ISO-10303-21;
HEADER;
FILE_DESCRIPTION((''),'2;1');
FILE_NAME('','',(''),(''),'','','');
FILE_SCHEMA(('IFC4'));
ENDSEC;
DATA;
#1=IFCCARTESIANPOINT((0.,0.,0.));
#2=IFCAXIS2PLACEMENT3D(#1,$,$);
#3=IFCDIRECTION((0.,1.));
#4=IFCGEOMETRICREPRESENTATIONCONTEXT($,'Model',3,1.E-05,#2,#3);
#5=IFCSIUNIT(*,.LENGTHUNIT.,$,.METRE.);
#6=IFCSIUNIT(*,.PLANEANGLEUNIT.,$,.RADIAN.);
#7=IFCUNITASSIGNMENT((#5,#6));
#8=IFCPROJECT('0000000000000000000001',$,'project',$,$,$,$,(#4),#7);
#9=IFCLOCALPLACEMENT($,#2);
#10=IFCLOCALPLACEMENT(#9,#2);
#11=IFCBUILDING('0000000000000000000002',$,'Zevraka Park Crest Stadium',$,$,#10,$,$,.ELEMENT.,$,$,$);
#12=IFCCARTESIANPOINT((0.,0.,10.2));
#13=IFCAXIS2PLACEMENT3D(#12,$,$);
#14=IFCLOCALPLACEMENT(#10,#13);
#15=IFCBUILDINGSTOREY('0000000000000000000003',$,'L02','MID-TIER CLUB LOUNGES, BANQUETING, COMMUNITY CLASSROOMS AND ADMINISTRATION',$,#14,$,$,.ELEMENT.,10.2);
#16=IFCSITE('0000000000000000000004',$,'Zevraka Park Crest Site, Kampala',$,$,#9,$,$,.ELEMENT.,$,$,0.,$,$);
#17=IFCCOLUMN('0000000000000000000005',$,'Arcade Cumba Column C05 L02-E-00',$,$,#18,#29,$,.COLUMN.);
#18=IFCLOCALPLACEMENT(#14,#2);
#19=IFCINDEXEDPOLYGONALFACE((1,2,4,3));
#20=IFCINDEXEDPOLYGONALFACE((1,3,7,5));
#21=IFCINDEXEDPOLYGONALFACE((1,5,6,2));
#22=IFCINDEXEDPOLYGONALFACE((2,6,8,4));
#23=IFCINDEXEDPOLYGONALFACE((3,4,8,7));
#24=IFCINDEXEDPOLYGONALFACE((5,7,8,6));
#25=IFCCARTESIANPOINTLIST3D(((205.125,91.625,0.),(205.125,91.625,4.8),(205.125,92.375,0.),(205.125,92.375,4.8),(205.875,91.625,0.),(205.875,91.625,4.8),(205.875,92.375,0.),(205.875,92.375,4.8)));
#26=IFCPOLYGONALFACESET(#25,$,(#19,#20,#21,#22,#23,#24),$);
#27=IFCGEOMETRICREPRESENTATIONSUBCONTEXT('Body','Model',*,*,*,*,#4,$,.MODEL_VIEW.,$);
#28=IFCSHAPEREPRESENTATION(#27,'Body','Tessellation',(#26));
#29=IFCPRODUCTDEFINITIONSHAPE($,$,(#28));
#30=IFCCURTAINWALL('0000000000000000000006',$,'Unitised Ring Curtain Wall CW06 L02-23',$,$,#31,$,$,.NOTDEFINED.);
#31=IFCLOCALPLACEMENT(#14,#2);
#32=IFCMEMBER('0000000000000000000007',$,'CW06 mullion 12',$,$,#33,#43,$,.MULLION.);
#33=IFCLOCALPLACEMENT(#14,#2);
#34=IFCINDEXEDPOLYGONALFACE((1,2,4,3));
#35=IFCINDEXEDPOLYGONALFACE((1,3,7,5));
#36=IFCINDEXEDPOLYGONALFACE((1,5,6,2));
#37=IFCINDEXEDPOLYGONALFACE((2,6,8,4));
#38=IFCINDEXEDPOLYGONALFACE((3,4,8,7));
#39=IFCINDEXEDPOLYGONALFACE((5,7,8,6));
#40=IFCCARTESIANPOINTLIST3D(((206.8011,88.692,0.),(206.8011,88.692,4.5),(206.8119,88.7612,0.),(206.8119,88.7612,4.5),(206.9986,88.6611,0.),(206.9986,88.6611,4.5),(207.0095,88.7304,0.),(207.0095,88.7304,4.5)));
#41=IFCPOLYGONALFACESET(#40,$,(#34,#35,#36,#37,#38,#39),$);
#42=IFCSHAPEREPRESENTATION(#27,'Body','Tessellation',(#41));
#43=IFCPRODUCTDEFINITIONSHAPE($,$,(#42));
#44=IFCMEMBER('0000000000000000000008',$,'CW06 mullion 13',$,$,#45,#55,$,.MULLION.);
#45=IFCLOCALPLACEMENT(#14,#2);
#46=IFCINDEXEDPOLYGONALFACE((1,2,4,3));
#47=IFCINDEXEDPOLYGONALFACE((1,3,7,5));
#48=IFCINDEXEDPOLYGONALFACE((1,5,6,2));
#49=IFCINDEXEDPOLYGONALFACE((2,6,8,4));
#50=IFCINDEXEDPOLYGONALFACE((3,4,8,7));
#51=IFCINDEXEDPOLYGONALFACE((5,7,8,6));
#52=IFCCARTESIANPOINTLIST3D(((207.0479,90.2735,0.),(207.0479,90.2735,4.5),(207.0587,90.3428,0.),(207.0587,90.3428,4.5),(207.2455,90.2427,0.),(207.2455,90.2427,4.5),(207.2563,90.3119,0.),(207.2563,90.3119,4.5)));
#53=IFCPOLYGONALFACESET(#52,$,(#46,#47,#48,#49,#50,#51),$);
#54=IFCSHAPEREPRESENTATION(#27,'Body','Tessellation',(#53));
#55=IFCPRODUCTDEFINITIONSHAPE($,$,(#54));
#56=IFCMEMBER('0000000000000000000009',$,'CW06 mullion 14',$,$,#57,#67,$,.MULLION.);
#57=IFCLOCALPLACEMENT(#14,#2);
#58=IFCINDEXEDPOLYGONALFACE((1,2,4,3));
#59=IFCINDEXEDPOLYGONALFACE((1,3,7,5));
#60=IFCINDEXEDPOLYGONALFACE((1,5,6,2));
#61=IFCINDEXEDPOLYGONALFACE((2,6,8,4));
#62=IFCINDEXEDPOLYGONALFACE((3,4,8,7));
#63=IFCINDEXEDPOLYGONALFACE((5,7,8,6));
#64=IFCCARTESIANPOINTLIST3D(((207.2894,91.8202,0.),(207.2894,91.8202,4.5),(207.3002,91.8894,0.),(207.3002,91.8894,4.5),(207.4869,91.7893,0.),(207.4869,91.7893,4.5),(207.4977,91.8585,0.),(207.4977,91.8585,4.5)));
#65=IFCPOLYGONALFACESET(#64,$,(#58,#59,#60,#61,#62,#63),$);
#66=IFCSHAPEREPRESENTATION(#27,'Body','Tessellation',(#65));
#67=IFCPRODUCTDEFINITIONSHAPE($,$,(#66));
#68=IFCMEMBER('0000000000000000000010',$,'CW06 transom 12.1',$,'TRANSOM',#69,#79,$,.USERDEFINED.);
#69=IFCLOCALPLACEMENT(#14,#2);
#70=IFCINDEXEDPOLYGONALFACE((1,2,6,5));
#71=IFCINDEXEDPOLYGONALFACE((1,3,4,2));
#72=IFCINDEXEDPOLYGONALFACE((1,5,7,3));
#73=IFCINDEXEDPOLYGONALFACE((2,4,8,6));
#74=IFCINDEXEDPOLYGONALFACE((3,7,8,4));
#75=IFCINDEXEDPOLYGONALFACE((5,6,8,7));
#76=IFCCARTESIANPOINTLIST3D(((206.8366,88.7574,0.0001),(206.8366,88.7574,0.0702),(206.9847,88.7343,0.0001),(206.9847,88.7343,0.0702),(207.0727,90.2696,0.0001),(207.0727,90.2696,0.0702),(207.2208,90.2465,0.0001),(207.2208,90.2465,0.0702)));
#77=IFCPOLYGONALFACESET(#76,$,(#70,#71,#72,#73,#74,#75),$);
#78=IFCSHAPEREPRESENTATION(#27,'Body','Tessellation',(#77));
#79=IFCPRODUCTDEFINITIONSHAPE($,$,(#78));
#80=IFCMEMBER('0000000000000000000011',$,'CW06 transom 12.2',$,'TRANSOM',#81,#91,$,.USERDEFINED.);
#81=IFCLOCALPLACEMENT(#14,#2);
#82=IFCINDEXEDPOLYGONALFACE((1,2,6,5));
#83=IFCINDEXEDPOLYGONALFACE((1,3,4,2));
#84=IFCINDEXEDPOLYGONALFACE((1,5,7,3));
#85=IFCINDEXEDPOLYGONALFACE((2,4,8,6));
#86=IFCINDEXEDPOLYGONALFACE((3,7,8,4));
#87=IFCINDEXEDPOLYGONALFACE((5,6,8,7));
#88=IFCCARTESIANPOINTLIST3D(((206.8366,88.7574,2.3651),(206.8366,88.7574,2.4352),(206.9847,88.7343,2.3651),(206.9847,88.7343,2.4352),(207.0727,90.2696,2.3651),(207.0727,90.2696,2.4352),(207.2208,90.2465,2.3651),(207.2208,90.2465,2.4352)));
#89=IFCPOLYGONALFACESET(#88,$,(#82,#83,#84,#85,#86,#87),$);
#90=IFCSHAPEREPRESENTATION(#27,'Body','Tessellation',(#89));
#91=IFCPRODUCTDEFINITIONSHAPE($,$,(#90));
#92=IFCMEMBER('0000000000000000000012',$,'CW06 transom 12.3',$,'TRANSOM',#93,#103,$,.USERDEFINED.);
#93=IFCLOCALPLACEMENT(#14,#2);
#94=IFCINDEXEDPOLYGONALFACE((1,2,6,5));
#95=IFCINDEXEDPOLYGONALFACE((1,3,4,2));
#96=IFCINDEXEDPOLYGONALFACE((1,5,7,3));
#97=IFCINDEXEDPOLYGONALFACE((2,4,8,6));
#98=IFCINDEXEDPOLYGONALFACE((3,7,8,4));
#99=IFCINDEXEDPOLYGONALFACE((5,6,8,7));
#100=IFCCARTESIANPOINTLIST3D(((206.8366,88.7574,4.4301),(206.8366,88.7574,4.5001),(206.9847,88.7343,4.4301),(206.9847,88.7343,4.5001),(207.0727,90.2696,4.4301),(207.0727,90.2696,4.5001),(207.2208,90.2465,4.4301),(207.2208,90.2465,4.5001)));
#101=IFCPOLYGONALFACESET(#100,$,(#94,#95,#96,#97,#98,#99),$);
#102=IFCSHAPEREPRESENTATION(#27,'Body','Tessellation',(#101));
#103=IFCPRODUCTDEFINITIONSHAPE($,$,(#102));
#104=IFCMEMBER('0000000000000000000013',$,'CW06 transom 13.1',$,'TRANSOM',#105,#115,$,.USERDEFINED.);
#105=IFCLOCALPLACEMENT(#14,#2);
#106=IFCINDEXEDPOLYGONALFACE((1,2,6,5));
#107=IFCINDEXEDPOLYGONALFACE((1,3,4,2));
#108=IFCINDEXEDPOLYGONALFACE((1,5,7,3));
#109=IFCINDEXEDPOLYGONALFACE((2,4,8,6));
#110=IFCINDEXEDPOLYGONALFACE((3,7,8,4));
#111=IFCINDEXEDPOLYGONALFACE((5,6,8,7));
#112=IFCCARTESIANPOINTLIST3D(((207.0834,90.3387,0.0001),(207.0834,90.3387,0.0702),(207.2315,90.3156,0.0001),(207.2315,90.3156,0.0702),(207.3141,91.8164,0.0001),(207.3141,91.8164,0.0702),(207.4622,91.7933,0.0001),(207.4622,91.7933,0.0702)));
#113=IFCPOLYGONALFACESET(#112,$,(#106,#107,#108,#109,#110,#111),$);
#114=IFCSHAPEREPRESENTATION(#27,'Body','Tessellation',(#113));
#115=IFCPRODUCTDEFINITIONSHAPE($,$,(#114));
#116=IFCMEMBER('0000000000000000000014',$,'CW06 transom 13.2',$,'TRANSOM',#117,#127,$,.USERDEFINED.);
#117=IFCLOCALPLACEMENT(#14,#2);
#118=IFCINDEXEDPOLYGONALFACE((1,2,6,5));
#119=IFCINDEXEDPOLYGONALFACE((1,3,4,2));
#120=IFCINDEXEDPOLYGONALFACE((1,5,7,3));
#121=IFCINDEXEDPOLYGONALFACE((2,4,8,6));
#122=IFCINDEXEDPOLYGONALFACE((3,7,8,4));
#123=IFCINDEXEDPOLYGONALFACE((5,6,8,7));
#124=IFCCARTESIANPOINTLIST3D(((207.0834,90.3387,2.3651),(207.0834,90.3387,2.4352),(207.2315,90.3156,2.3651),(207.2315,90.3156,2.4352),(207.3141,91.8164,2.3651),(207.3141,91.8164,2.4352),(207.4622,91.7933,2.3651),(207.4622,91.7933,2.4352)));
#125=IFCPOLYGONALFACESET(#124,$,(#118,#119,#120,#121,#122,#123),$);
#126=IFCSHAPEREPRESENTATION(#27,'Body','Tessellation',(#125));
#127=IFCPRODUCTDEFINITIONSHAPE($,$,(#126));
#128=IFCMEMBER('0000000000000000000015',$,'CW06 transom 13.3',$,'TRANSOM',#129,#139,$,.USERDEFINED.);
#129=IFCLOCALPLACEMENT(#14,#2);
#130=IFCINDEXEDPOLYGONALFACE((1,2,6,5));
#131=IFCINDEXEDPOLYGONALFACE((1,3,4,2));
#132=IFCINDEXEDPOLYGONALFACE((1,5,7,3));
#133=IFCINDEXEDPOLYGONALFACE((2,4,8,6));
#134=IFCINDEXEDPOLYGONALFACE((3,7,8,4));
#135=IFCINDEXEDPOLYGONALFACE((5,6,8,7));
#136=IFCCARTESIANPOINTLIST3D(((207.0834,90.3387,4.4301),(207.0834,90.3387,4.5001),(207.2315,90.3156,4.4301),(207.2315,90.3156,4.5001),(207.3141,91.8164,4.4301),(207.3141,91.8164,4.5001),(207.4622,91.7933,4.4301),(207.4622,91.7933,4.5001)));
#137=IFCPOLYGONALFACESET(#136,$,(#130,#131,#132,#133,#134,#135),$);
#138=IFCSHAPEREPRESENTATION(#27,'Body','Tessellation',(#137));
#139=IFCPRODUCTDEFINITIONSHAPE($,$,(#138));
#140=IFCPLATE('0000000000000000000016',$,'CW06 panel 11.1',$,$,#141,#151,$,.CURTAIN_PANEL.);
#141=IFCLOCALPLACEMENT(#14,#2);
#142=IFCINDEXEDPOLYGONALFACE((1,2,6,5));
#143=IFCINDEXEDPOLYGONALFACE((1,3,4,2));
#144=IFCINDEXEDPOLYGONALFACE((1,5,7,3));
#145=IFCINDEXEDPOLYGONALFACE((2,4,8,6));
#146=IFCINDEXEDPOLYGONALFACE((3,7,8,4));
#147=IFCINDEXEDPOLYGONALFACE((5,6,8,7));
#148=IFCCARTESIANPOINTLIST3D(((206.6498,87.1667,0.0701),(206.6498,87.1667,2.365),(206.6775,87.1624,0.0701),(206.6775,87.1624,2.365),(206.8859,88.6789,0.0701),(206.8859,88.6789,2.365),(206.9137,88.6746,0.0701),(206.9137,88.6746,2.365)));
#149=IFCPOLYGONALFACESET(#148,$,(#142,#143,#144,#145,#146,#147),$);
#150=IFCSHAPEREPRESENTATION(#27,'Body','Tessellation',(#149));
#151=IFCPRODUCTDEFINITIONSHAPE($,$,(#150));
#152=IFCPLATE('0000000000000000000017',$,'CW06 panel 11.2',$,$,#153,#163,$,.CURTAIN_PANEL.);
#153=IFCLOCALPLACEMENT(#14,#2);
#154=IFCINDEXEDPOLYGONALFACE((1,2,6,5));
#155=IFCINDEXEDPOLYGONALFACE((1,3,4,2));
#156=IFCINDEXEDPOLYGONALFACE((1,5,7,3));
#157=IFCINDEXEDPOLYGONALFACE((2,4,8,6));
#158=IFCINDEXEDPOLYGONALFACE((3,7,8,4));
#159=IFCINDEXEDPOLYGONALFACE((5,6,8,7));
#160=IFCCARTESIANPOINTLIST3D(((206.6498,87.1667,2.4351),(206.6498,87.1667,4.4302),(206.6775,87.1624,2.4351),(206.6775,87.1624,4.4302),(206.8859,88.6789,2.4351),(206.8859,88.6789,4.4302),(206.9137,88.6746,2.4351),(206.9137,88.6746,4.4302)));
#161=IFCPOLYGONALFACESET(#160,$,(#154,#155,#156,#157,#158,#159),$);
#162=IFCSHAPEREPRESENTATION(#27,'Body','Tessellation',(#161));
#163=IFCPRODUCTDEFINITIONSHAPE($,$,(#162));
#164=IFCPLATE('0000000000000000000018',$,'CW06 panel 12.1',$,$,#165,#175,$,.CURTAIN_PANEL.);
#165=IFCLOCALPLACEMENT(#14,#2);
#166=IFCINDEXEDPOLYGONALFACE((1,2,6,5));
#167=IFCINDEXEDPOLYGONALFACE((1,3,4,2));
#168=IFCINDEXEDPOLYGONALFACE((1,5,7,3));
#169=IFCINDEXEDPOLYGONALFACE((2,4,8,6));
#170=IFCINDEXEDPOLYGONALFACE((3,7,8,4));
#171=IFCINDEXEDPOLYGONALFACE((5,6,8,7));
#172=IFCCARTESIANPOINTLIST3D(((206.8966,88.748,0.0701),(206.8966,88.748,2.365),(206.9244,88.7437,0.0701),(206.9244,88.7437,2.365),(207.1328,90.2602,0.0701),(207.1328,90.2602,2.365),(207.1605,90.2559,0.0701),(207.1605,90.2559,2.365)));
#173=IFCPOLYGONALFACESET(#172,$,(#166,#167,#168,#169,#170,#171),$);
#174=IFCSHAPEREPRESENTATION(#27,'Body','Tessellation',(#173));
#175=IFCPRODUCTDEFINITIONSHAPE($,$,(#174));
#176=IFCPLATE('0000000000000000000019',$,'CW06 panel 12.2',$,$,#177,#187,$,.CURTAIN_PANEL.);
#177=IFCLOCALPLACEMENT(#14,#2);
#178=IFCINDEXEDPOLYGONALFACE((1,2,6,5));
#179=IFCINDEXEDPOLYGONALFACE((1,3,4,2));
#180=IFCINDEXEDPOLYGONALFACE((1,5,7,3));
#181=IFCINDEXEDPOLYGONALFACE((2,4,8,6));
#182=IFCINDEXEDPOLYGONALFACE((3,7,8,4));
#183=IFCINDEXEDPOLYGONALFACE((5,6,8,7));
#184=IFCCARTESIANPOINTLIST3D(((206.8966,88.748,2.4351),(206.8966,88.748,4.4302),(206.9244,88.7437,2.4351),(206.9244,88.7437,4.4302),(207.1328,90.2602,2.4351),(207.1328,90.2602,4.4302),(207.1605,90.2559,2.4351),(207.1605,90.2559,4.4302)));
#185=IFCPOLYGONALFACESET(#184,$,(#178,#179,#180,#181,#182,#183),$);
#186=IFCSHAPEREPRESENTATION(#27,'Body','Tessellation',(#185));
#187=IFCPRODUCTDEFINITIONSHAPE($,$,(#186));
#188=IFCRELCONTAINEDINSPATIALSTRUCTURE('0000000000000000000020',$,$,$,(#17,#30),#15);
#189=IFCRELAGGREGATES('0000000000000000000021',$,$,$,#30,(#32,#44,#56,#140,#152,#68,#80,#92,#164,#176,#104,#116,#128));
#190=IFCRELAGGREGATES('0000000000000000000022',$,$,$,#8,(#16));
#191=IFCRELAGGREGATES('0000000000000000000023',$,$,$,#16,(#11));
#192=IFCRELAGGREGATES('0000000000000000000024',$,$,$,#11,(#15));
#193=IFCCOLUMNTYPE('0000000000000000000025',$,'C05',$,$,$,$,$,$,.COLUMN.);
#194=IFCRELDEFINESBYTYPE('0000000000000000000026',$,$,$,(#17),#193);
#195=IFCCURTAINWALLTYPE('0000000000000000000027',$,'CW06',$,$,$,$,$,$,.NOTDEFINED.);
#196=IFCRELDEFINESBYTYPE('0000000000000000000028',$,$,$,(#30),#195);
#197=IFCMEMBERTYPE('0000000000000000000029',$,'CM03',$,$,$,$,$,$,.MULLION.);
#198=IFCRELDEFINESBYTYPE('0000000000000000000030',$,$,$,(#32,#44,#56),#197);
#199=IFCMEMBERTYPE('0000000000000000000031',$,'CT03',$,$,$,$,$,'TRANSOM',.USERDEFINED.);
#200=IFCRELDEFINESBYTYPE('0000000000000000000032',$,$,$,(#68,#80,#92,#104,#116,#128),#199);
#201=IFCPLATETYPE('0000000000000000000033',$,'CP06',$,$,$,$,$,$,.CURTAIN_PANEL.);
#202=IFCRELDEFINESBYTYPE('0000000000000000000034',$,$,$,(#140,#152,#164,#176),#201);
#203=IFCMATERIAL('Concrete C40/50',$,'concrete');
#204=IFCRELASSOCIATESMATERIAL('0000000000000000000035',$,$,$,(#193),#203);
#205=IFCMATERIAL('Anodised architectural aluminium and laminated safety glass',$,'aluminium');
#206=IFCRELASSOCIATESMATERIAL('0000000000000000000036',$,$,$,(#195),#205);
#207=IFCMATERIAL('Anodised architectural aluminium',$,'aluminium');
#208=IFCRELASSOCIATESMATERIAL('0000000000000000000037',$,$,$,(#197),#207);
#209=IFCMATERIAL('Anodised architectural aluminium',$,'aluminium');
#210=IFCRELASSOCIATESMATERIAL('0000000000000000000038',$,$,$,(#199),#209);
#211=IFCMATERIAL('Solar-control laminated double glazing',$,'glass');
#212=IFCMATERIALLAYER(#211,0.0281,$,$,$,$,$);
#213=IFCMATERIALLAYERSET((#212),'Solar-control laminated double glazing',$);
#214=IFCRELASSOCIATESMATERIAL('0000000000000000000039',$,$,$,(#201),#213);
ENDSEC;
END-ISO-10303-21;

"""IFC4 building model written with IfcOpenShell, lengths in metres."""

from ifc_helpers import new_model, si_unit, direction, frame, origin, origin_2d, place, context, subcontext, project, spatial, rectangle, extrude, material, layer, layer_set, material_profile, profile_set, type_object, element, aggregate, save


model = new_model("IFC4")

# Units and contexts
model_context = context("Model", 3, precision=1e-05, world=origin(), true_north=direction((0.0, 1.0)))
body_context = subcontext(model_context, "Body", "Model", "MODEL_VIEW")
ifc_project = project(units=[si_unit("LENGTHUNIT", "METRE"), si_unit("PLANEANGLEUNIT", "RADIAN")], contexts=[model_context])

# Site, building, storey
site_placement = place(None, origin())
site = spatial("IfcSite", under=ifc_project, at=site_placement, Name="Zevraka Park Crest Site, Kampala", CompositionType="ELEMENT", RefElevation=0.0)
building_placement = place(site_placement, origin())
building = spatial("IfcBuilding", under=site, at=building_placement, Name="Zevraka Park Crest Stadium", CompositionType="ELEMENT")
storey_placement = place(building_placement, frame((0.0, 0.0, 10.2)))
storey = spatial("IfcBuildingStorey", under=building, at=storey_placement, Name="L02", Description="MID-TIER CLUB LOUNGES, BANQUETING, COMMUNITY CLASSROOMS AND ADMINISTRATION", CompositionType="ELEMENT", Elevation=10.2)

# Column
ifc_material_1 = material(Name="Concrete C40/50", Category="concrete")
ifc_material_profile_1 = material_profile(ifc_material_1, rectangle(XDim=0.75, YDim=0.75, at=origin_2d()), Name="RC 750x750")
ifc_profile_set_1 = profile_set([ifc_material_profile_1], Name="Concrete C40/50")
column_type = type_object("IfcColumnType", Name="C05", PredefinedType="COLUMN", material=ifc_profile_set_1)
column_placement = place(storey_placement, frame((205.5, 92.0, 0.0), z_axis=(0.0, 0.0, 1.0), x_axis=(1.0, 0.0, 0.0)))
element("IfcColumn", 1, at=column_placement, inside=storey, type_object=column_type, Name="Arcade Cumba Column C05 L02-E-00", PredefinedType="COLUMN", context=body_context, shape_type="SweptSolid", body=[
    extrude(rectangle(XDim=0.75, YDim=0.75, at=origin_2d()), origin(), (0.0, 0.0, 1.0), 4.8),
])

# Curtain wall, members, plates
ifc_material_2 = material(Name="Anodised architectural aluminium and laminated safety glass", Category="aluminium")
curtain_wall_type = type_object("IfcCurtainWallType", Name="CW06", PredefinedType="NOTDEFINED", material=ifc_material_2)
curtain_wall_placement = place(storey_placement, origin())
curtain_wall = element("IfcCurtainWall", 2, at=curtain_wall_placement, inside=storey, type_object=curtain_wall_type, Name="Unitised Ring Curtain Wall CW06 L02-23", PredefinedType="NOTDEFINED")
ifc_material_3 = material(Name="Anodised architectural aluminium", Category="aluminium")
ifc_material_profile_2 = material_profile(ifc_material_3, rectangle(XDim=0.2, YDim=0.0701, at=origin_2d()), Name="ALU MULLION 200x70")
ifc_profile_set_2 = profile_set([ifc_material_profile_2], Name="Anodised architectural aluminium")
member_type_1 = type_object("IfcMemberType", Name="CM03", PredefinedType="MULLION", material=ifc_profile_set_2)
member_1_placement = place(storey_placement, frame((206.9053, 88.7112, 0.0), z_axis=(0.0, 0.0, 1.0), x_axis=(-0.988028, 0.154274, 0.0)))
member_1 = element("IfcMember", 3, at=member_1_placement, type_object=member_type_1, Name="CW06 mullion 12", PredefinedType="MULLION", context=body_context, shape_type="SweptSolid", body=[
    extrude(rectangle(XDim=0.2, YDim=0.0701, at=origin_2d()), origin(), (0.0, 0.0, 1.0), 4.5),
])
member_2_placement = place(storey_placement, frame((207.1521, 90.2927, 0.0), z_axis=(0.0, 0.0, 1.0), x_axis=(-0.988028, 0.154274, 0.0)))
member_2 = element("IfcMember", 4, at=member_2_placement, type_object=member_type_1, Name="CW06 mullion 13", PredefinedType="MULLION", context=body_context, shape_type="SweptSolid", body=[
    extrude(rectangle(XDim=0.2, YDim=0.0701, at=origin_2d()), origin(), (0.0, 0.0, 1.0), 4.5),
])
member_3_placement = place(storey_placement, frame((207.3936, 91.8394, 0.0), z_axis=(0.0, 0.0, 1.0), x_axis=(-0.988028, 0.154274, 0.0)))
member_3 = element("IfcMember", 5, at=member_3_placement, type_object=member_type_1, Name="CW06 mullion 14", PredefinedType="MULLION", context=body_context, shape_type="SweptSolid", body=[
    extrude(rectangle(XDim=0.2, YDim=0.0701, at=origin_2d()), origin(), (0.0, 0.0, 1.0), 4.5),
])
ifc_material_4 = material(Name="Anodised architectural aluminium", Category="aluminium")
ifc_material_profile_3 = material_profile(ifc_material_4, rectangle(XDim=0.1499, YDim=0.0701, at=origin_2d()), Name="ALU TRANSOM 150x70")
ifc_profile_set_3 = profile_set([ifc_material_profile_3], Name="Anodised architectural aluminium")
member_type_2 = type_object("IfcMemberType", Name="CT03", ElementType="TRANSOM", PredefinedType="USERDEFINED", material=ifc_profile_set_3)
member_4_placement = place(storey_placement, frame((206.9106, 88.7458, 0.0352), z_axis=(0.15425, 0.988032, 0.0), x_axis=(-0.988032, 0.15425, 0.0)))
member_4 = element("IfcMember", 6, at=member_4_placement, type_object=member_type_2, Name="CW06 transom 12.1", ObjectType="TRANSOM", PredefinedType="USERDEFINED", context=body_context, shape_type="SweptSolid", body=[
    extrude(rectangle(XDim=0.1499, YDim=0.0701, at=origin_2d()), origin(), (0.0, 0.0, 1.0), 1.5305),
])
member_5_placement = place(storey_placement, frame((206.9106, 88.7458, 2.4001), z_axis=(0.15425, 0.988032, 0.0), x_axis=(-0.988032, 0.15425, 0.0)))
member_5 = element("IfcMember", 7, at=member_5_placement, type_object=member_type_2, Name="CW06 transom 12.2", ObjectType="TRANSOM", PredefinedType="USERDEFINED", context=body_context, shape_type="SweptSolid", body=[
    extrude(rectangle(XDim=0.1499, YDim=0.0701, at=origin_2d()), origin(), (0.0, 0.0, 1.0), 1.5305),
])
member_6_placement = place(storey_placement, frame((206.9106, 88.7458, 4.4651), z_axis=(0.15425, 0.988032, 0.0), x_axis=(-0.988032, 0.15425, 0.0)))
member_6 = element("IfcMember", 8, at=member_6_placement, type_object=member_type_2, Name="CW06 transom 12.3", ObjectType="TRANSOM", PredefinedType="USERDEFINED", context=body_context, shape_type="SweptSolid", body=[
    extrude(rectangle(XDim=0.1499, YDim=0.0701, at=origin_2d()), origin(), (0.0, 0.0, 1.0), 1.5305),
])
member_7_placement = place(storey_placement, frame((207.1575, 90.3271, 0.0352), z_axis=(0.154252, 0.988031, 0.0), x_axis=(-0.988031, 0.154252, 0.0)))
member_7 = element("IfcMember", 9, at=member_7_placement, type_object=member_type_2, Name="CW06 transom 13.1", ObjectType="TRANSOM", PredefinedType="USERDEFINED", context=body_context, shape_type="SweptSolid", body=[
    extrude(rectangle(XDim=0.1499, YDim=0.0701, at=origin_2d()), origin(), (0.0, 0.0, 1.0), 1.4956),
])
member_8_placement = place(storey_placement, frame((207.1575, 90.3271, 2.4001), z_axis=(0.154252, 0.988031, 0.0), x_axis=(-0.988031, 0.154252, 0.0)))
member_8 = element("IfcMember", 10, at=member_8_placement, type_object=member_type_2, Name="CW06 transom 13.2", ObjectType="TRANSOM", PredefinedType="USERDEFINED", context=body_context, shape_type="SweptSolid", body=[
    extrude(rectangle(XDim=0.1499, YDim=0.0701, at=origin_2d()), origin(), (0.0, 0.0, 1.0), 1.4956),
])
member_9_placement = place(storey_placement, frame((207.1575, 90.3271, 4.4651), z_axis=(0.154252, 0.988031, 0.0), x_axis=(-0.988031, 0.154252, 0.0)))
member_9 = element("IfcMember", 11, at=member_9_placement, type_object=member_type_2, Name="CW06 transom 13.3", ObjectType="TRANSOM", PredefinedType="USERDEFINED", context=body_context, shape_type="SweptSolid", body=[
    extrude(rectangle(XDim=0.1499, YDim=0.0701, at=origin_2d()), origin(), (0.0, 0.0, 1.0), 1.4956),
])
ifc_material_5 = material(Name="Solar-control laminated double glazing", Category="glass")
ifc_layer_1 = layer(ifc_material_5, 0.0281)
ifc_layer_set_1 = layer_set([ifc_layer_1], Name="Solar-control laminated double glazing")
plate_type = type_object("IfcPlateType", Name="CP06", PredefinedType="CURTAIN_PANEL", material=ifc_layer_set_1)
plate_1_placement = place(storey_placement, frame((206.7817, 87.9207, 0.0701), z_axis=(0.0, 0.0, 1.0), x_axis=(0.154274, 0.988028, 0.0)))
plate_1 = element("IfcPlate", 12, at=plate_1_placement, type_object=plate_type, Name="CW06 panel 11.1", PredefinedType="CURTAIN_PANEL", context=body_context, shape_type="SweptSolid", body=[
    extrude(rectangle(XDim=1.5305, YDim=0.0281, at=origin_2d()), origin(), (0.0, 0.0, 1.0), 2.2949),
])
plate_2_placement = place(storey_placement, frame((206.7817, 87.9207, 2.4351), z_axis=(0.0, 0.0, 1.0), x_axis=(0.154274, 0.988028, 0.0)))
plate_2 = element("IfcPlate", 13, at=plate_2_placement, type_object=plate_type, Name="CW06 panel 11.2", PredefinedType="CURTAIN_PANEL", context=body_context, shape_type="SweptSolid", body=[
    extrude(rectangle(XDim=1.5305, YDim=0.0281, at=origin_2d()), origin(), (0.0, 0.0, 1.0), 1.9951),
])
plate_3_placement = place(storey_placement, frame((207.0286, 89.502, 0.0701), z_axis=(0.0, 0.0, 1.0), x_axis=(0.154274, 0.988028, 0.0)))
plate_3 = element("IfcPlate", 14, at=plate_3_placement, type_object=plate_type, Name="CW06 panel 12.1", PredefinedType="CURTAIN_PANEL", context=body_context, shape_type="SweptSolid", body=[
    extrude(rectangle(XDim=1.5305, YDim=0.0281, at=origin_2d()), origin(), (0.0, 0.0, 1.0), 2.2949),
])
plate_4_placement = place(storey_placement, frame((207.0286, 89.502, 2.4351), z_axis=(0.0, 0.0, 1.0), x_axis=(0.154274, 0.988028, 0.0)))
plate_4 = element("IfcPlate", 15, at=plate_4_placement, type_object=plate_type, Name="CW06 panel 12.2", PredefinedType="CURTAIN_PANEL", context=body_context, shape_type="SweptSolid", body=[
    extrude(rectangle(XDim=1.5305, YDim=0.0281, at=origin_2d()), origin(), (0.0, 0.0, 1.0), 1.9951),
])
aggregate(curtain_wall, [member_1, member_2, member_3, plate_1, plate_2, member_4, member_5, member_6, plate_3, plate_4, member_7, member_8, member_9])

save(model, "model.ifc")
